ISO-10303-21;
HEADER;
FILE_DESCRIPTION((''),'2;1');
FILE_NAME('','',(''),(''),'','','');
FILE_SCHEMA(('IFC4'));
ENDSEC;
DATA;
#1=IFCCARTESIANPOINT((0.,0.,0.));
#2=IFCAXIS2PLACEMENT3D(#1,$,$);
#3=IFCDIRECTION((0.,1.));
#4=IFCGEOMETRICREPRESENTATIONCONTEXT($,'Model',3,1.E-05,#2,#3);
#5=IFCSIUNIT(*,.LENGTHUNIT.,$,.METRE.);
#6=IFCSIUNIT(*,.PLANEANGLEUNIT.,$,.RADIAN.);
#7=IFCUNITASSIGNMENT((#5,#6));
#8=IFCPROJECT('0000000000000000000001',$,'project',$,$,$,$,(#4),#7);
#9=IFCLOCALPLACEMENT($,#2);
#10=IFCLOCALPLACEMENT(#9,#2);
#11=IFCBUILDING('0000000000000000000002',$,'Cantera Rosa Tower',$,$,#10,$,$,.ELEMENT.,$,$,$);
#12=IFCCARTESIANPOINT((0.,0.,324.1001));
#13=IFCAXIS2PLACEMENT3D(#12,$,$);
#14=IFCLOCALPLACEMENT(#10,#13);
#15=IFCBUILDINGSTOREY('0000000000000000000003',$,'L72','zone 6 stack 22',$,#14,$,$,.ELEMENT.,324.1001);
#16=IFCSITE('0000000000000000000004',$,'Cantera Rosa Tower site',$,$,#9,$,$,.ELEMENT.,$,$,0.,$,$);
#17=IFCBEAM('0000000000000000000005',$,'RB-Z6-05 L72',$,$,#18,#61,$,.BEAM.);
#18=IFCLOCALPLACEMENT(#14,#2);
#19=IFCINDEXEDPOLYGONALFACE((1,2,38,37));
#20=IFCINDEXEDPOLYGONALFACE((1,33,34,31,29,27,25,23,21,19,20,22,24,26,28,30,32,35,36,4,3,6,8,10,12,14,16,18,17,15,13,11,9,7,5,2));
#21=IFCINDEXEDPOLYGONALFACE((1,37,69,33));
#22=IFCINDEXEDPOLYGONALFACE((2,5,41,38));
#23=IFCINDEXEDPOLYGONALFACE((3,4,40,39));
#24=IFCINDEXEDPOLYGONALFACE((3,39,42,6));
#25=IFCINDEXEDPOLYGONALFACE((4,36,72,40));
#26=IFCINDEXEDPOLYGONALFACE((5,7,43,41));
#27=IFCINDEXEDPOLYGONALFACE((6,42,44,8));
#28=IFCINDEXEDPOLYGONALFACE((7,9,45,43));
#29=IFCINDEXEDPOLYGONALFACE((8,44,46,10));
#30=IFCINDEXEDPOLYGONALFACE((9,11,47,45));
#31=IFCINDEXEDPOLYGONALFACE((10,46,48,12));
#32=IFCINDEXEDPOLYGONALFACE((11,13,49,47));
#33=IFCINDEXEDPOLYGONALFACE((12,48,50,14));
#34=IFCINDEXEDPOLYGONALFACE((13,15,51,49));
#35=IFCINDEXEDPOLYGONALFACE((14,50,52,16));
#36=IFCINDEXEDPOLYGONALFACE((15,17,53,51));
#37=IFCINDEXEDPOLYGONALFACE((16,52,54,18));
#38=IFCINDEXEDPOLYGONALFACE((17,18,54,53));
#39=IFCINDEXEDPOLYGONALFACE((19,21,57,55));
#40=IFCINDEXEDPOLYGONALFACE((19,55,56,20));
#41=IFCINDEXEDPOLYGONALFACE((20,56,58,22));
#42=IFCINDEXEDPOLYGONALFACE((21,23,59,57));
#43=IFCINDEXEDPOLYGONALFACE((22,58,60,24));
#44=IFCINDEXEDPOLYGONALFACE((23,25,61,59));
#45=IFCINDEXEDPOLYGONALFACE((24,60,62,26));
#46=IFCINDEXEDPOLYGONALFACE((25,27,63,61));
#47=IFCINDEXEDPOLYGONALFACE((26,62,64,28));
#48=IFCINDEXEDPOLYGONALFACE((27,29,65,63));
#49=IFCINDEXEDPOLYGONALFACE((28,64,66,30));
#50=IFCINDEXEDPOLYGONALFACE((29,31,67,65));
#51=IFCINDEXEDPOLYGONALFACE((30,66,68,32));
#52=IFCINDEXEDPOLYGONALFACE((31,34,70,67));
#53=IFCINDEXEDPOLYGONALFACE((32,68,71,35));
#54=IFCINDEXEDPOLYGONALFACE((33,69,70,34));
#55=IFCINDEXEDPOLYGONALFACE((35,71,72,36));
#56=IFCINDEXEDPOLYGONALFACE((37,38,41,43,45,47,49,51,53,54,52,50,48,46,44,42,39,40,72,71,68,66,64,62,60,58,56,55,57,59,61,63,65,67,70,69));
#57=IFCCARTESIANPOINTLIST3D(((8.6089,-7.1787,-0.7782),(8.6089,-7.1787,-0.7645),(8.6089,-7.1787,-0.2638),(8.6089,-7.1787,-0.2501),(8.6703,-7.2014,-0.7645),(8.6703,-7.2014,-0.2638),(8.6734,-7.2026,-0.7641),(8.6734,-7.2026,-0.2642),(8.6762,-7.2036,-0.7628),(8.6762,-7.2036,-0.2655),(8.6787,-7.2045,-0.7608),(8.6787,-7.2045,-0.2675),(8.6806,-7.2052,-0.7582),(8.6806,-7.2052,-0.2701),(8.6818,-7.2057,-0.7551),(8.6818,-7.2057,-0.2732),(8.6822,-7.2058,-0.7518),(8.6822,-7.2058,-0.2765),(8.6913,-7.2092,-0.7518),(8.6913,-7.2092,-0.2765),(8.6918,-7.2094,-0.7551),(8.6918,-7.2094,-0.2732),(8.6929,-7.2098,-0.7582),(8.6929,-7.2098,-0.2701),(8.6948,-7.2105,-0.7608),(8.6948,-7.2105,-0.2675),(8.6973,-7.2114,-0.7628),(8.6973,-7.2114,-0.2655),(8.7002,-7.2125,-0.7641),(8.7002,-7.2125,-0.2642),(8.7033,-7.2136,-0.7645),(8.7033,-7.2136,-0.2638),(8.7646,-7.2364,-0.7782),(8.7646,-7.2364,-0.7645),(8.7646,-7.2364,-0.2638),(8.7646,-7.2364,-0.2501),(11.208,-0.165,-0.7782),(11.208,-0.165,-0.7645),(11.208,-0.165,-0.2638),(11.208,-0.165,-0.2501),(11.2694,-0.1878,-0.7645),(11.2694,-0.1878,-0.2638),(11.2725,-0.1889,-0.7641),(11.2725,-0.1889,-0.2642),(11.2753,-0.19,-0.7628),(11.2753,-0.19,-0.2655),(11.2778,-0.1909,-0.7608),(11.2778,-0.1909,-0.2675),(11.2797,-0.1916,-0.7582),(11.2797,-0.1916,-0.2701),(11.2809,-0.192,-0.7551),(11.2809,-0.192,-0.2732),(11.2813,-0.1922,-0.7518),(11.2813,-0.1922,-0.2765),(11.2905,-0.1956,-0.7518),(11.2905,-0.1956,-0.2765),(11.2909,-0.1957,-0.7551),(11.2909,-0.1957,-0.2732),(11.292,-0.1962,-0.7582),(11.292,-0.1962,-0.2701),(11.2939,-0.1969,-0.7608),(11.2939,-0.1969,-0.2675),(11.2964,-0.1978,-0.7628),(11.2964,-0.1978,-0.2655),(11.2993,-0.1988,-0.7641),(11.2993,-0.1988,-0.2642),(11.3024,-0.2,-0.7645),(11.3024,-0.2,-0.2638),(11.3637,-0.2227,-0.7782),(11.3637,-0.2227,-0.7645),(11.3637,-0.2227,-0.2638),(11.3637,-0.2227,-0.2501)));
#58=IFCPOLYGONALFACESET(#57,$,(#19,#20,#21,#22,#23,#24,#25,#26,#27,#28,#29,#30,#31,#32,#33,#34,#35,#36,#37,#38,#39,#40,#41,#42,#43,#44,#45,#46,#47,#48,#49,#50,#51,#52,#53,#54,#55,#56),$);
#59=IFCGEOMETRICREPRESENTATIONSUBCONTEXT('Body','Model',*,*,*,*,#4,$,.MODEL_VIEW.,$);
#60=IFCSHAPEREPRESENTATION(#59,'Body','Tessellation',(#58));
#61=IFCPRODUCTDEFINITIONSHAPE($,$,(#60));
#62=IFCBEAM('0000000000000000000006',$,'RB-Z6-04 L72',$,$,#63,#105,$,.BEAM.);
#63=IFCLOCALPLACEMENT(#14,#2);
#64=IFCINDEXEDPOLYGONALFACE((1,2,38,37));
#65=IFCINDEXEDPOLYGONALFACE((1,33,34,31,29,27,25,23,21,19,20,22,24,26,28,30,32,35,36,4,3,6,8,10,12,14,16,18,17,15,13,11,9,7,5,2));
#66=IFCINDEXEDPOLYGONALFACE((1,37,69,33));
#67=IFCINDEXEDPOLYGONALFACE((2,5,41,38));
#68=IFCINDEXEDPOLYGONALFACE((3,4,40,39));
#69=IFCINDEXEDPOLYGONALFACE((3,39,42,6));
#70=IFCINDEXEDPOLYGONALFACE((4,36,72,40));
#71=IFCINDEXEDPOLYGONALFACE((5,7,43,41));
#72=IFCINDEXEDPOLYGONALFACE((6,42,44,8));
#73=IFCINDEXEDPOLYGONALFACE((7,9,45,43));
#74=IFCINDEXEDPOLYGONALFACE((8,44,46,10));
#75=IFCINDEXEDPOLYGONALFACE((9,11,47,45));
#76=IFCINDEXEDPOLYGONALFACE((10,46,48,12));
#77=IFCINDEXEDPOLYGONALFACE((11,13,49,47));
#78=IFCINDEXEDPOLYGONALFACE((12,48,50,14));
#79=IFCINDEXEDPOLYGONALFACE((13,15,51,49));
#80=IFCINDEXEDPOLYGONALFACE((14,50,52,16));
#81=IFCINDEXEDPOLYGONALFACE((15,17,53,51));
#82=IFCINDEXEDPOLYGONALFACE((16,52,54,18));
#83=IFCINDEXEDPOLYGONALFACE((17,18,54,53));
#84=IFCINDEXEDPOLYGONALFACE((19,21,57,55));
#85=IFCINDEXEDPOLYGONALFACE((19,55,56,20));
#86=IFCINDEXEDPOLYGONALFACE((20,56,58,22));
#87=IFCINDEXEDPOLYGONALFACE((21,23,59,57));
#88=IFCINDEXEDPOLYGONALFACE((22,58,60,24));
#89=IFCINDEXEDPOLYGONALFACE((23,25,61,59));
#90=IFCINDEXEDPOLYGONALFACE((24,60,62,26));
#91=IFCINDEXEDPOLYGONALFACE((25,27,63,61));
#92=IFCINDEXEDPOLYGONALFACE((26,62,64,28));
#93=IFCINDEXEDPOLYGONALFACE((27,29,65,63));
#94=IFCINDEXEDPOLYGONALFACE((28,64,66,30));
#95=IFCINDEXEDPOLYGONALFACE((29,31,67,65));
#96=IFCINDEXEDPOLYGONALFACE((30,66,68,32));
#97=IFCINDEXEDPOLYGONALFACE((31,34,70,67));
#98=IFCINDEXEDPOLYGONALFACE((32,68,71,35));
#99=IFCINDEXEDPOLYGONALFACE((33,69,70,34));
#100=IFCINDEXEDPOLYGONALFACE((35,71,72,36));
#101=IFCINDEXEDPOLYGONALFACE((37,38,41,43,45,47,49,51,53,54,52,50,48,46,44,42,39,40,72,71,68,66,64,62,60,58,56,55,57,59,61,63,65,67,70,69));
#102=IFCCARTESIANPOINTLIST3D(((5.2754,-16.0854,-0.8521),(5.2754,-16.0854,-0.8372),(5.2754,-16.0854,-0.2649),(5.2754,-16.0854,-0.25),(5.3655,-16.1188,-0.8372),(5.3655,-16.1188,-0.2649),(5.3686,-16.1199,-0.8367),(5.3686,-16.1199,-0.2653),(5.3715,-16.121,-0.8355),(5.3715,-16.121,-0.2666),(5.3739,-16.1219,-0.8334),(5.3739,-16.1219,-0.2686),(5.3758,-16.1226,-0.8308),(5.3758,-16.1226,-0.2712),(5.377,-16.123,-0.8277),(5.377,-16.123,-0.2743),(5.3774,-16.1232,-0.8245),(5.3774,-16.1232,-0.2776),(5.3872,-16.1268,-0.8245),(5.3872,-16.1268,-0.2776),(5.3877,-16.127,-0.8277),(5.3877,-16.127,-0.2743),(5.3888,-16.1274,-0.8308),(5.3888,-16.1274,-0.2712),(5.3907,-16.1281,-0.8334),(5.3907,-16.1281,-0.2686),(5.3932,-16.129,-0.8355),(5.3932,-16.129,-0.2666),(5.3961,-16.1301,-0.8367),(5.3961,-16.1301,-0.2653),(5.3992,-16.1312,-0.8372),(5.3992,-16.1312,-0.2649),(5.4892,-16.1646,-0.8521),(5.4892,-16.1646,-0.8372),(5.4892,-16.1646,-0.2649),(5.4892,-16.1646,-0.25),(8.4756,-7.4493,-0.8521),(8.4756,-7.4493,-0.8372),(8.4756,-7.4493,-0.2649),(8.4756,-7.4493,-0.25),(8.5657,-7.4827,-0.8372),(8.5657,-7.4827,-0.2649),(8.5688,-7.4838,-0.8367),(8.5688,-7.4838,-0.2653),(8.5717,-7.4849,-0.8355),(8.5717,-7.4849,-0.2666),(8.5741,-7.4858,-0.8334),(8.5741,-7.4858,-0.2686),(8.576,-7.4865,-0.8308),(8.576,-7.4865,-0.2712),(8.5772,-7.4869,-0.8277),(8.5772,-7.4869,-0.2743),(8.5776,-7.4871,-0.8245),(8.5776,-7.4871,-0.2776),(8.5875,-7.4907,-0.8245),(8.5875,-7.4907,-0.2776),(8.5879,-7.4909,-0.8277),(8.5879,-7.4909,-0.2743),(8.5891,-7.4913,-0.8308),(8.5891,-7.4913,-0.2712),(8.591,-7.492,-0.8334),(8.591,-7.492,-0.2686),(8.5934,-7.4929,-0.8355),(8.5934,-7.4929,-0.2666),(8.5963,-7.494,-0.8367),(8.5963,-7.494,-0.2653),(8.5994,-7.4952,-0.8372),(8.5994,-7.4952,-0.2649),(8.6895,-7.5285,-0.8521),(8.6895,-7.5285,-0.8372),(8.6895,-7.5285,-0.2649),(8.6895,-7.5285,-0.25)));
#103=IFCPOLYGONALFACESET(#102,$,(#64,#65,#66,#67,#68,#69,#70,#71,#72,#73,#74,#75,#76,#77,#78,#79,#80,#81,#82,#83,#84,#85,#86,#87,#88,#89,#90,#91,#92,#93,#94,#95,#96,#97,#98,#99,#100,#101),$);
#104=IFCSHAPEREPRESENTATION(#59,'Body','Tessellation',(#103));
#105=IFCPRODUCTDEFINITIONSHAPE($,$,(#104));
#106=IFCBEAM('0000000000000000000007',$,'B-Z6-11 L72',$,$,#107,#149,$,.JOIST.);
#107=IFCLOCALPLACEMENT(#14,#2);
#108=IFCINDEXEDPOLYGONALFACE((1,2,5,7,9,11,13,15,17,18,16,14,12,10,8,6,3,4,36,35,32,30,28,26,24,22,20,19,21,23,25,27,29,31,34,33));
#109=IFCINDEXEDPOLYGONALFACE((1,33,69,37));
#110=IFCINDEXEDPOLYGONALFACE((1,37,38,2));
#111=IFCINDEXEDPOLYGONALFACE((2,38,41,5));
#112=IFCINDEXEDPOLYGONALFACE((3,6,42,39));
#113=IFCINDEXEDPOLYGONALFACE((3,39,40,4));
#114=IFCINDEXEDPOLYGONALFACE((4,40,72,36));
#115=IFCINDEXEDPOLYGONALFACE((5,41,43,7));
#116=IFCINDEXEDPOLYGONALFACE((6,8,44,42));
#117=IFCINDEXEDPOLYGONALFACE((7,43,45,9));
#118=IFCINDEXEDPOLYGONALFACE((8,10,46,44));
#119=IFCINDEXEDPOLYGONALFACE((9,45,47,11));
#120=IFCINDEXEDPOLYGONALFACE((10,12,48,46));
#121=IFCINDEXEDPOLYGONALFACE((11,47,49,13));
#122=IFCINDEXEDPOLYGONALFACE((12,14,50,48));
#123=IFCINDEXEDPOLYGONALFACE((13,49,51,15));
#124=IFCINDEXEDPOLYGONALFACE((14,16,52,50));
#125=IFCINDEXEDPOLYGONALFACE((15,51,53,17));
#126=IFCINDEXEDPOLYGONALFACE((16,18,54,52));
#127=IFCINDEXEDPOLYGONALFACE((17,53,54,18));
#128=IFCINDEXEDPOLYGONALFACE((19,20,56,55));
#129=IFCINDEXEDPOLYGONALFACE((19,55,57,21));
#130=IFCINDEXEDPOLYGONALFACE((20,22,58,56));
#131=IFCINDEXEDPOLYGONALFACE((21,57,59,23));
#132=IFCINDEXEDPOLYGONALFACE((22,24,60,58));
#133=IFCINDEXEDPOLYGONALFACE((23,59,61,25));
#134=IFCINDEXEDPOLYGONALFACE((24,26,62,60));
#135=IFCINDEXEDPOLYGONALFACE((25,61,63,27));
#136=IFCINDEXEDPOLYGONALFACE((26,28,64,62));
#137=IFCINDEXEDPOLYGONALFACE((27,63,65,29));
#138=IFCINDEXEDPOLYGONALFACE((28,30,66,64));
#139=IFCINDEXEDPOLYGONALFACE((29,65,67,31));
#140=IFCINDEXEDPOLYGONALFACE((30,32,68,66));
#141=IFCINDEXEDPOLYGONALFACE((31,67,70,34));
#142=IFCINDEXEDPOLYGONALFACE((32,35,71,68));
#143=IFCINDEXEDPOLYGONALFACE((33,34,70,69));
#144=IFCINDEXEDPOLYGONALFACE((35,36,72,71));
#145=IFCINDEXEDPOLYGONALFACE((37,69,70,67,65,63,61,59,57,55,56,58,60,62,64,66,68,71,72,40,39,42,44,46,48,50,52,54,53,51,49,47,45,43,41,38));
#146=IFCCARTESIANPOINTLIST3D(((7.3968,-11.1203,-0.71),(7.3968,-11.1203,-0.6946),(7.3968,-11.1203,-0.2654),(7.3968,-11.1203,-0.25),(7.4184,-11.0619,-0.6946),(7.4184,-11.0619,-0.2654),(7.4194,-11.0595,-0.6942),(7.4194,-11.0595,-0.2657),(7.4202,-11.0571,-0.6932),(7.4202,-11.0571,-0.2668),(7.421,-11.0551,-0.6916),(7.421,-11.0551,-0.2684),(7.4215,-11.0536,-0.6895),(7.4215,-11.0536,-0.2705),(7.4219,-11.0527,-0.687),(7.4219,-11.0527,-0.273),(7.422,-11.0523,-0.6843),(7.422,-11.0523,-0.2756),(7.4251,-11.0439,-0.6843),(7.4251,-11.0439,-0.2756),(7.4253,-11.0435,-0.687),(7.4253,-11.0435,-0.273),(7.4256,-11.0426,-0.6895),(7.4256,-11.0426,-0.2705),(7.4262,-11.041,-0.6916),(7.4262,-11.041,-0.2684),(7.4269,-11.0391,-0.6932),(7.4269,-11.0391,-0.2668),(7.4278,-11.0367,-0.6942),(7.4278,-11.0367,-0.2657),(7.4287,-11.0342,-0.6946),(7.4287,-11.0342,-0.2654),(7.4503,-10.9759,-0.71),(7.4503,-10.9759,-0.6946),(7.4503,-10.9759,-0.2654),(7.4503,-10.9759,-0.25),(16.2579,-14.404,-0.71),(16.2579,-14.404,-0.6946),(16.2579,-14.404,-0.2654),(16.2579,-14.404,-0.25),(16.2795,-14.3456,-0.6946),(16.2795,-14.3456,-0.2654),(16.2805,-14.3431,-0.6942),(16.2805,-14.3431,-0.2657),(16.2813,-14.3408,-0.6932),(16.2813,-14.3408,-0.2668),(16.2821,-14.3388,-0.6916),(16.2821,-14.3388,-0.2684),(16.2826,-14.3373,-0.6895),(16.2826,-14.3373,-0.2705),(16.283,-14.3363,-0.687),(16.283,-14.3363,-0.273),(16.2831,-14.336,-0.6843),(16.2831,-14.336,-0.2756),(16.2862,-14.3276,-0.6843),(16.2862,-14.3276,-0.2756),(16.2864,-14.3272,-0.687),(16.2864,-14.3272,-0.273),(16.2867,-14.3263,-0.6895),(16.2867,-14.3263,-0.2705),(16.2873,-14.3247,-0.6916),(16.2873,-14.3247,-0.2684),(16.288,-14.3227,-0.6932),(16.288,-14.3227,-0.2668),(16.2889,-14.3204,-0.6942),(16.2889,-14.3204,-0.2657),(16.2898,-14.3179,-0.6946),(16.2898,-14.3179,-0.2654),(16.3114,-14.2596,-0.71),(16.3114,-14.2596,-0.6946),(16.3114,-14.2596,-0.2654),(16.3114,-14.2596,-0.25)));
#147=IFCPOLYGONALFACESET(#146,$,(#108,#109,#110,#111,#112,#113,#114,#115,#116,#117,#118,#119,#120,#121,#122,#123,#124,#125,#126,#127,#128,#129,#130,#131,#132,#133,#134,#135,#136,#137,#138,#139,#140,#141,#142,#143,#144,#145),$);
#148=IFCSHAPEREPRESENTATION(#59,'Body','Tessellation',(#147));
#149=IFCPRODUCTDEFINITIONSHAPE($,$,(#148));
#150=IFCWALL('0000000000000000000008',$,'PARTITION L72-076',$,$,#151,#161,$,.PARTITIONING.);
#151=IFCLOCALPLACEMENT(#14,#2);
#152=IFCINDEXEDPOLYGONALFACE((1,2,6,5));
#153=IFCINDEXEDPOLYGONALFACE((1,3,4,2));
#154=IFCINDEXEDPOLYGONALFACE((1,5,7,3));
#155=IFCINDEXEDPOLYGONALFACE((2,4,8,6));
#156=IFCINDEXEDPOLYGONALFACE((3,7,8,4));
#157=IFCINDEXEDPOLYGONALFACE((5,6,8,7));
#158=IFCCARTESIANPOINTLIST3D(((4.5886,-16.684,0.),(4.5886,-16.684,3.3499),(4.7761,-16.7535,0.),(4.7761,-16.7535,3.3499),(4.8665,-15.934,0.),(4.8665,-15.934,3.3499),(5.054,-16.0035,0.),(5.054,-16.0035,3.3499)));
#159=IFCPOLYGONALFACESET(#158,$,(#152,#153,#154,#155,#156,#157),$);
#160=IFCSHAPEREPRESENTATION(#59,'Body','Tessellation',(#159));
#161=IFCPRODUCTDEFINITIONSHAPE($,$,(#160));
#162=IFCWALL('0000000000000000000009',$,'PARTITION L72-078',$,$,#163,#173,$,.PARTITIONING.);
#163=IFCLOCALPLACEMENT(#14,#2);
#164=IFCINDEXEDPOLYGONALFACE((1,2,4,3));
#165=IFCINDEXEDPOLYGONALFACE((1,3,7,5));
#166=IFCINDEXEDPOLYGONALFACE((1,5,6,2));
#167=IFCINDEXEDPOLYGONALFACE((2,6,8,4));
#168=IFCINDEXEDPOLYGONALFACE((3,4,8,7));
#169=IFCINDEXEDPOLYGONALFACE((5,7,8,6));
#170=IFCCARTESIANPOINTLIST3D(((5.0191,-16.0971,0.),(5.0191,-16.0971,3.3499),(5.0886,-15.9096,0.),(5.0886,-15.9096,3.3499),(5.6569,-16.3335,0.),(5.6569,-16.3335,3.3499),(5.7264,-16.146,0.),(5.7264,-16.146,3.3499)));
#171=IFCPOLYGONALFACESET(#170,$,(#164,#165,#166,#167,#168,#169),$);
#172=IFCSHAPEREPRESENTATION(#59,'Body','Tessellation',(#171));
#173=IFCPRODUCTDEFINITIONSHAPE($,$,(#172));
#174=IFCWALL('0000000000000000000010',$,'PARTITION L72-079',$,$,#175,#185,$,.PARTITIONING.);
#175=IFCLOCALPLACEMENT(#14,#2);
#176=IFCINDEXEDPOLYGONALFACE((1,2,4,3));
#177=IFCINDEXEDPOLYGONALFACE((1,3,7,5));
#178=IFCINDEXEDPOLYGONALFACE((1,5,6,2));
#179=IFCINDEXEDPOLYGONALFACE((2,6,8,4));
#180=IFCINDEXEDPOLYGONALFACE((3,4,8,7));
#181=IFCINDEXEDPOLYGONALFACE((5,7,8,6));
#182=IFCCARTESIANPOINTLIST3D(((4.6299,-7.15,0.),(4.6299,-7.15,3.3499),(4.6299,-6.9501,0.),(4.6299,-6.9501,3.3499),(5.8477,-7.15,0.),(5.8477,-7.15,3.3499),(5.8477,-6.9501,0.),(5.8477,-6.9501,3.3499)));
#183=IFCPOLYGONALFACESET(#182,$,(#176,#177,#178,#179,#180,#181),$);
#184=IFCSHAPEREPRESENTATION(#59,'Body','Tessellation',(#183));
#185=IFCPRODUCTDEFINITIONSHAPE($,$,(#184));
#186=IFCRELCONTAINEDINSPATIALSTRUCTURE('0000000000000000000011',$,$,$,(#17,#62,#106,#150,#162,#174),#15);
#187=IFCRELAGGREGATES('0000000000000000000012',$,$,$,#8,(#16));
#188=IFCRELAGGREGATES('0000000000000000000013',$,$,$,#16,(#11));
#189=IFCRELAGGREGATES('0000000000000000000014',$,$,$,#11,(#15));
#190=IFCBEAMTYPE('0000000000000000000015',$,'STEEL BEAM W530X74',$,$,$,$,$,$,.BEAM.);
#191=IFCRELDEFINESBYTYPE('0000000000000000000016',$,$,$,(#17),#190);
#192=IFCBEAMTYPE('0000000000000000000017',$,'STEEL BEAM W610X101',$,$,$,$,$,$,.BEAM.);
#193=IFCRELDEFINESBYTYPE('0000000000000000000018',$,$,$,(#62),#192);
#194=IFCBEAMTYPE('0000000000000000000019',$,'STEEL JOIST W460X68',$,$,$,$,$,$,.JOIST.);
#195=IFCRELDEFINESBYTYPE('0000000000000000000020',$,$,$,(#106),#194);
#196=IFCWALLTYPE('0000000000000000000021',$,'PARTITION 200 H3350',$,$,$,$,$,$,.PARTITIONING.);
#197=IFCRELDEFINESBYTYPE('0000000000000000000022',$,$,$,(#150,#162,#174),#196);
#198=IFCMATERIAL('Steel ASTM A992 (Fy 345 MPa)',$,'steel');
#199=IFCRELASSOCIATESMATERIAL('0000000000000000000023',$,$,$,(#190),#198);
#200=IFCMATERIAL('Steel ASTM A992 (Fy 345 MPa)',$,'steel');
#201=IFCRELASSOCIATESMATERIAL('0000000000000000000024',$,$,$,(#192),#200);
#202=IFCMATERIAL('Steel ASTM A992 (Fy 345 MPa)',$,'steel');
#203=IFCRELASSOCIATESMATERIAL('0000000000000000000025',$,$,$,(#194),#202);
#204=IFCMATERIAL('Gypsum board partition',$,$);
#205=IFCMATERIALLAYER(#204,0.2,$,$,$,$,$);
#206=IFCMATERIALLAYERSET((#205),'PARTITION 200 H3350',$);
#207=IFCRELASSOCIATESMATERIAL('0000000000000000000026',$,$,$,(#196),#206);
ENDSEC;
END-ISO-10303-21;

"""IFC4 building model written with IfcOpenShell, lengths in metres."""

from ifc_helpers import new_model, si_unit, direction, frame, frame_2d, origin, origin_2d, place, context, subcontext, project, spatial, rectangle, i_section, extrude, material, layer, layer_set, material_profile, profile_set, type_object, element, save


model = new_model("IFC4")

# Units and contexts
model_context = context("Model", 3, precision=1e-05, world=origin(), true_north=direction((0.0, 1.0)))
body_context = subcontext(model_context, "Body", "Model", "MODEL_VIEW")
ifc_project = project(units=[si_unit("LENGTHUNIT", "METRE"), si_unit("PLANEANGLEUNIT", "RADIAN")], contexts=[model_context])

# Site, building, storey
site_placement = place(None, origin())
site = spatial("IfcSite", under=ifc_project, at=site_placement, Name="Cantera Rosa Tower site", CompositionType="ELEMENT", RefElevation=0.0)
building_placement = place(site_placement, origin())
building = spatial("IfcBuilding", under=site, at=building_placement, Name="Cantera Rosa Tower", CompositionType="ELEMENT")
storey_placement = place(building_placement, frame((0.0, 0.0, 324.1001)))
storey = spatial("IfcBuildingStorey", under=building, at=storey_placement, Name="L72", Description="zone 6 stack 22", CompositionType="ELEMENT", Elevation=324.1001)

# Beams
ifc_material_1 = material(Name="Steel ASTM A992 (Fy 345 MPa)", Category="steel")
ifc_material_profile_1 = material_profile(ifc_material_1, i_section(OverallWidth=0.166, OverallDepth=0.5281, WebThickness=0.0098, FlangeThickness=0.0137, FilletRadius=0.0127, at=origin_2d()), Name="W530X74")
ifc_profile_set_1 = profile_set([ifc_material_profile_1], Name="Steel ASTM A992 (Fy 345 MPa)")
beam_type_1 = type_object("IfcBeamType", Name="STEEL BEAM W530X74", PredefinedType="BEAM", material=ifc_profile_set_1)
beam_1_placement = place(storey_placement, frame((8.6868, -7.2075, -0.5142), z_axis=(0.347487, 0.937685, 0.0), x_axis=(-0.937685, 0.347487, 0.0)))
element("IfcBeam", 1, at=beam_1_placement, inside=storey, type_object=beam_type_1, Name="RB-Z6-05 L72", PredefinedType="BEAM", context=body_context, shape_type="SweptSolid", body=[
    extrude(i_section(OverallWidth=0.166, OverallDepth=0.5281, WebThickness=0.0098, FlangeThickness=0.0137, FilletRadius=0.0127, at=origin_2d()), origin(), (0.0, 0.0, 1.0), 7.4797),
])
ifc_material_2 = material(Name="Steel ASTM A992 (Fy 345 MPa)", Category="steel")
ifc_material_profile_2 = material_profile(ifc_material_2, i_section(OverallWidth=0.228, OverallDepth=0.6021, WebThickness=0.0105, FlangeThickness=0.0149, FilletRadius=0.0127, at=origin_2d()), Name="W610X101")
ifc_profile_set_2 = profile_set([ifc_material_profile_2], Name="Steel ASTM A992 (Fy 345 MPa)")
beam_type_2 = type_object("IfcBeamType", Name="STEEL BEAM W610X101", PredefinedType="BEAM", material=ifc_profile_set_2)
beam_2_placement = place(storey_placement, frame((5.3823, -16.125, -0.551), z_axis=(0.347475, 0.937689, 0.0), x_axis=(-0.937689, 0.347475, 0.0)))
element("IfcBeam", 2, at=beam_2_placement, inside=storey, type_object=beam_type_2, Name="RB-Z6-04 L72", PredefinedType="BEAM", context=body_context, shape_type="SweptSolid", body=[
    extrude(i_section(OverallWidth=0.228, OverallDepth=0.6021, WebThickness=0.0105, FlangeThickness=0.0149, FilletRadius=0.0127, at=origin_2d()), origin(), (0.0, 0.0, 1.0), 9.21),
])
ifc_material_3 = material(Name="Steel ASTM A992 (Fy 345 MPa)", Category="steel")
ifc_material_profile_3 = material_profile(ifc_material_3, i_section(OverallWidth=0.1541, OverallDepth=0.46, WebThickness=0.009, FlangeThickness=0.0154, FilletRadius=0.0103, at=origin_2d()), Name="W460X68")
ifc_profile_set_3 = profile_set([ifc_material_profile_3], Name="Steel ASTM A992 (Fy 345 MPa)")
beam_type_3 = type_object("IfcBeamType", Name="STEEL JOIST W460X68", PredefinedType="JOIST", material=ifc_profile_set_3)
beam_3_placement = place(storey_placement, frame((16.2847, -14.3318, -0.48), z_axis=(-0.937686, 0.347483, 0.0), x_axis=(-0.347483, -0.937686, 0.0)))
element("IfcBeam", 3, at=beam_3_placement, inside=storey, type_object=beam_type_3, Name="B-Z6-11 L72", PredefinedType="JOIST", context=body_context, shape_type="SweptSolid", body=[
    extrude(i_section(OverallWidth=0.1541, OverallDepth=0.46, WebThickness=0.009, FlangeThickness=0.0154, FilletRadius=0.0103, at=origin_2d()), origin(), (0.0, 0.0, 1.0), 9.45),
])

# Walls
ifc_material_4 = material(Name="Gypsum board partition")
ifc_layer_1 = layer(ifc_material_4, 0.2)
ifc_layer_set_1 = layer_set([ifc_layer_1], Name="PARTITION 200 H3350")
wall_type_1 = type_object("IfcWallType", Name="PARTITION 200 H3350", PredefinedType="PARTITIONING", material=ifc_layer_set_1)
wall_1_placement = place(storey_placement, frame((4.9602, -15.9688, 0.0), z_axis=(0.0, 0.0, 1.0), x_axis=(-0.347374, -0.937727, 0.0)))
element("IfcWall", 4, at=wall_1_placement, inside=storey, type_object=wall_type_1, Name="PARTITION L72-076", PredefinedType="PARTITIONING", context=body_context, shape_type="SweptSolid", body=[
    extrude(rectangle(XDim=0.7998, YDim=0.2, at=frame_2d((0.3999, 0.0))), origin(), (0.0, 0.0, 1.0), 3.3499),
])
wall_2_placement = place(storey_placement, frame((5.6917, -16.2397, 0.0), z_axis=(0.0, 0.0, 1.0), x_axis=(-0.937679, 0.347501, 0.0)))
element("IfcWall", 5, at=wall_2_placement, inside=storey, type_object=wall_type_1, Name="PARTITION L72-078", PredefinedType="PARTITIONING", context=body_context, shape_type="SweptSolid", body=[
    extrude(rectangle(XDim=0.6802, YDim=0.2, at=frame_2d((0.3401, 0.0))), origin(), (0.0, 0.0, 1.0), 3.3499),
])
wall_3_placement = place(storey_placement, frame((5.8477, -7.05, 0.0), z_axis=(0.0, 0.0, 1.0), x_axis=(-1.0, 0.0, 0.0)))
element("IfcWall", 6, at=wall_3_placement, inside=storey, type_object=wall_type_1, Name="PARTITION L72-079", PredefinedType="PARTITIONING", context=body_context, shape_type="SweptSolid", body=[
    extrude(rectangle(XDim=1.2178, YDim=0.2, at=frame_2d((0.6089, 0.0))), origin(), (0.0, 0.0, 1.0), 3.3499),
])

save(model, "model.ifc")
